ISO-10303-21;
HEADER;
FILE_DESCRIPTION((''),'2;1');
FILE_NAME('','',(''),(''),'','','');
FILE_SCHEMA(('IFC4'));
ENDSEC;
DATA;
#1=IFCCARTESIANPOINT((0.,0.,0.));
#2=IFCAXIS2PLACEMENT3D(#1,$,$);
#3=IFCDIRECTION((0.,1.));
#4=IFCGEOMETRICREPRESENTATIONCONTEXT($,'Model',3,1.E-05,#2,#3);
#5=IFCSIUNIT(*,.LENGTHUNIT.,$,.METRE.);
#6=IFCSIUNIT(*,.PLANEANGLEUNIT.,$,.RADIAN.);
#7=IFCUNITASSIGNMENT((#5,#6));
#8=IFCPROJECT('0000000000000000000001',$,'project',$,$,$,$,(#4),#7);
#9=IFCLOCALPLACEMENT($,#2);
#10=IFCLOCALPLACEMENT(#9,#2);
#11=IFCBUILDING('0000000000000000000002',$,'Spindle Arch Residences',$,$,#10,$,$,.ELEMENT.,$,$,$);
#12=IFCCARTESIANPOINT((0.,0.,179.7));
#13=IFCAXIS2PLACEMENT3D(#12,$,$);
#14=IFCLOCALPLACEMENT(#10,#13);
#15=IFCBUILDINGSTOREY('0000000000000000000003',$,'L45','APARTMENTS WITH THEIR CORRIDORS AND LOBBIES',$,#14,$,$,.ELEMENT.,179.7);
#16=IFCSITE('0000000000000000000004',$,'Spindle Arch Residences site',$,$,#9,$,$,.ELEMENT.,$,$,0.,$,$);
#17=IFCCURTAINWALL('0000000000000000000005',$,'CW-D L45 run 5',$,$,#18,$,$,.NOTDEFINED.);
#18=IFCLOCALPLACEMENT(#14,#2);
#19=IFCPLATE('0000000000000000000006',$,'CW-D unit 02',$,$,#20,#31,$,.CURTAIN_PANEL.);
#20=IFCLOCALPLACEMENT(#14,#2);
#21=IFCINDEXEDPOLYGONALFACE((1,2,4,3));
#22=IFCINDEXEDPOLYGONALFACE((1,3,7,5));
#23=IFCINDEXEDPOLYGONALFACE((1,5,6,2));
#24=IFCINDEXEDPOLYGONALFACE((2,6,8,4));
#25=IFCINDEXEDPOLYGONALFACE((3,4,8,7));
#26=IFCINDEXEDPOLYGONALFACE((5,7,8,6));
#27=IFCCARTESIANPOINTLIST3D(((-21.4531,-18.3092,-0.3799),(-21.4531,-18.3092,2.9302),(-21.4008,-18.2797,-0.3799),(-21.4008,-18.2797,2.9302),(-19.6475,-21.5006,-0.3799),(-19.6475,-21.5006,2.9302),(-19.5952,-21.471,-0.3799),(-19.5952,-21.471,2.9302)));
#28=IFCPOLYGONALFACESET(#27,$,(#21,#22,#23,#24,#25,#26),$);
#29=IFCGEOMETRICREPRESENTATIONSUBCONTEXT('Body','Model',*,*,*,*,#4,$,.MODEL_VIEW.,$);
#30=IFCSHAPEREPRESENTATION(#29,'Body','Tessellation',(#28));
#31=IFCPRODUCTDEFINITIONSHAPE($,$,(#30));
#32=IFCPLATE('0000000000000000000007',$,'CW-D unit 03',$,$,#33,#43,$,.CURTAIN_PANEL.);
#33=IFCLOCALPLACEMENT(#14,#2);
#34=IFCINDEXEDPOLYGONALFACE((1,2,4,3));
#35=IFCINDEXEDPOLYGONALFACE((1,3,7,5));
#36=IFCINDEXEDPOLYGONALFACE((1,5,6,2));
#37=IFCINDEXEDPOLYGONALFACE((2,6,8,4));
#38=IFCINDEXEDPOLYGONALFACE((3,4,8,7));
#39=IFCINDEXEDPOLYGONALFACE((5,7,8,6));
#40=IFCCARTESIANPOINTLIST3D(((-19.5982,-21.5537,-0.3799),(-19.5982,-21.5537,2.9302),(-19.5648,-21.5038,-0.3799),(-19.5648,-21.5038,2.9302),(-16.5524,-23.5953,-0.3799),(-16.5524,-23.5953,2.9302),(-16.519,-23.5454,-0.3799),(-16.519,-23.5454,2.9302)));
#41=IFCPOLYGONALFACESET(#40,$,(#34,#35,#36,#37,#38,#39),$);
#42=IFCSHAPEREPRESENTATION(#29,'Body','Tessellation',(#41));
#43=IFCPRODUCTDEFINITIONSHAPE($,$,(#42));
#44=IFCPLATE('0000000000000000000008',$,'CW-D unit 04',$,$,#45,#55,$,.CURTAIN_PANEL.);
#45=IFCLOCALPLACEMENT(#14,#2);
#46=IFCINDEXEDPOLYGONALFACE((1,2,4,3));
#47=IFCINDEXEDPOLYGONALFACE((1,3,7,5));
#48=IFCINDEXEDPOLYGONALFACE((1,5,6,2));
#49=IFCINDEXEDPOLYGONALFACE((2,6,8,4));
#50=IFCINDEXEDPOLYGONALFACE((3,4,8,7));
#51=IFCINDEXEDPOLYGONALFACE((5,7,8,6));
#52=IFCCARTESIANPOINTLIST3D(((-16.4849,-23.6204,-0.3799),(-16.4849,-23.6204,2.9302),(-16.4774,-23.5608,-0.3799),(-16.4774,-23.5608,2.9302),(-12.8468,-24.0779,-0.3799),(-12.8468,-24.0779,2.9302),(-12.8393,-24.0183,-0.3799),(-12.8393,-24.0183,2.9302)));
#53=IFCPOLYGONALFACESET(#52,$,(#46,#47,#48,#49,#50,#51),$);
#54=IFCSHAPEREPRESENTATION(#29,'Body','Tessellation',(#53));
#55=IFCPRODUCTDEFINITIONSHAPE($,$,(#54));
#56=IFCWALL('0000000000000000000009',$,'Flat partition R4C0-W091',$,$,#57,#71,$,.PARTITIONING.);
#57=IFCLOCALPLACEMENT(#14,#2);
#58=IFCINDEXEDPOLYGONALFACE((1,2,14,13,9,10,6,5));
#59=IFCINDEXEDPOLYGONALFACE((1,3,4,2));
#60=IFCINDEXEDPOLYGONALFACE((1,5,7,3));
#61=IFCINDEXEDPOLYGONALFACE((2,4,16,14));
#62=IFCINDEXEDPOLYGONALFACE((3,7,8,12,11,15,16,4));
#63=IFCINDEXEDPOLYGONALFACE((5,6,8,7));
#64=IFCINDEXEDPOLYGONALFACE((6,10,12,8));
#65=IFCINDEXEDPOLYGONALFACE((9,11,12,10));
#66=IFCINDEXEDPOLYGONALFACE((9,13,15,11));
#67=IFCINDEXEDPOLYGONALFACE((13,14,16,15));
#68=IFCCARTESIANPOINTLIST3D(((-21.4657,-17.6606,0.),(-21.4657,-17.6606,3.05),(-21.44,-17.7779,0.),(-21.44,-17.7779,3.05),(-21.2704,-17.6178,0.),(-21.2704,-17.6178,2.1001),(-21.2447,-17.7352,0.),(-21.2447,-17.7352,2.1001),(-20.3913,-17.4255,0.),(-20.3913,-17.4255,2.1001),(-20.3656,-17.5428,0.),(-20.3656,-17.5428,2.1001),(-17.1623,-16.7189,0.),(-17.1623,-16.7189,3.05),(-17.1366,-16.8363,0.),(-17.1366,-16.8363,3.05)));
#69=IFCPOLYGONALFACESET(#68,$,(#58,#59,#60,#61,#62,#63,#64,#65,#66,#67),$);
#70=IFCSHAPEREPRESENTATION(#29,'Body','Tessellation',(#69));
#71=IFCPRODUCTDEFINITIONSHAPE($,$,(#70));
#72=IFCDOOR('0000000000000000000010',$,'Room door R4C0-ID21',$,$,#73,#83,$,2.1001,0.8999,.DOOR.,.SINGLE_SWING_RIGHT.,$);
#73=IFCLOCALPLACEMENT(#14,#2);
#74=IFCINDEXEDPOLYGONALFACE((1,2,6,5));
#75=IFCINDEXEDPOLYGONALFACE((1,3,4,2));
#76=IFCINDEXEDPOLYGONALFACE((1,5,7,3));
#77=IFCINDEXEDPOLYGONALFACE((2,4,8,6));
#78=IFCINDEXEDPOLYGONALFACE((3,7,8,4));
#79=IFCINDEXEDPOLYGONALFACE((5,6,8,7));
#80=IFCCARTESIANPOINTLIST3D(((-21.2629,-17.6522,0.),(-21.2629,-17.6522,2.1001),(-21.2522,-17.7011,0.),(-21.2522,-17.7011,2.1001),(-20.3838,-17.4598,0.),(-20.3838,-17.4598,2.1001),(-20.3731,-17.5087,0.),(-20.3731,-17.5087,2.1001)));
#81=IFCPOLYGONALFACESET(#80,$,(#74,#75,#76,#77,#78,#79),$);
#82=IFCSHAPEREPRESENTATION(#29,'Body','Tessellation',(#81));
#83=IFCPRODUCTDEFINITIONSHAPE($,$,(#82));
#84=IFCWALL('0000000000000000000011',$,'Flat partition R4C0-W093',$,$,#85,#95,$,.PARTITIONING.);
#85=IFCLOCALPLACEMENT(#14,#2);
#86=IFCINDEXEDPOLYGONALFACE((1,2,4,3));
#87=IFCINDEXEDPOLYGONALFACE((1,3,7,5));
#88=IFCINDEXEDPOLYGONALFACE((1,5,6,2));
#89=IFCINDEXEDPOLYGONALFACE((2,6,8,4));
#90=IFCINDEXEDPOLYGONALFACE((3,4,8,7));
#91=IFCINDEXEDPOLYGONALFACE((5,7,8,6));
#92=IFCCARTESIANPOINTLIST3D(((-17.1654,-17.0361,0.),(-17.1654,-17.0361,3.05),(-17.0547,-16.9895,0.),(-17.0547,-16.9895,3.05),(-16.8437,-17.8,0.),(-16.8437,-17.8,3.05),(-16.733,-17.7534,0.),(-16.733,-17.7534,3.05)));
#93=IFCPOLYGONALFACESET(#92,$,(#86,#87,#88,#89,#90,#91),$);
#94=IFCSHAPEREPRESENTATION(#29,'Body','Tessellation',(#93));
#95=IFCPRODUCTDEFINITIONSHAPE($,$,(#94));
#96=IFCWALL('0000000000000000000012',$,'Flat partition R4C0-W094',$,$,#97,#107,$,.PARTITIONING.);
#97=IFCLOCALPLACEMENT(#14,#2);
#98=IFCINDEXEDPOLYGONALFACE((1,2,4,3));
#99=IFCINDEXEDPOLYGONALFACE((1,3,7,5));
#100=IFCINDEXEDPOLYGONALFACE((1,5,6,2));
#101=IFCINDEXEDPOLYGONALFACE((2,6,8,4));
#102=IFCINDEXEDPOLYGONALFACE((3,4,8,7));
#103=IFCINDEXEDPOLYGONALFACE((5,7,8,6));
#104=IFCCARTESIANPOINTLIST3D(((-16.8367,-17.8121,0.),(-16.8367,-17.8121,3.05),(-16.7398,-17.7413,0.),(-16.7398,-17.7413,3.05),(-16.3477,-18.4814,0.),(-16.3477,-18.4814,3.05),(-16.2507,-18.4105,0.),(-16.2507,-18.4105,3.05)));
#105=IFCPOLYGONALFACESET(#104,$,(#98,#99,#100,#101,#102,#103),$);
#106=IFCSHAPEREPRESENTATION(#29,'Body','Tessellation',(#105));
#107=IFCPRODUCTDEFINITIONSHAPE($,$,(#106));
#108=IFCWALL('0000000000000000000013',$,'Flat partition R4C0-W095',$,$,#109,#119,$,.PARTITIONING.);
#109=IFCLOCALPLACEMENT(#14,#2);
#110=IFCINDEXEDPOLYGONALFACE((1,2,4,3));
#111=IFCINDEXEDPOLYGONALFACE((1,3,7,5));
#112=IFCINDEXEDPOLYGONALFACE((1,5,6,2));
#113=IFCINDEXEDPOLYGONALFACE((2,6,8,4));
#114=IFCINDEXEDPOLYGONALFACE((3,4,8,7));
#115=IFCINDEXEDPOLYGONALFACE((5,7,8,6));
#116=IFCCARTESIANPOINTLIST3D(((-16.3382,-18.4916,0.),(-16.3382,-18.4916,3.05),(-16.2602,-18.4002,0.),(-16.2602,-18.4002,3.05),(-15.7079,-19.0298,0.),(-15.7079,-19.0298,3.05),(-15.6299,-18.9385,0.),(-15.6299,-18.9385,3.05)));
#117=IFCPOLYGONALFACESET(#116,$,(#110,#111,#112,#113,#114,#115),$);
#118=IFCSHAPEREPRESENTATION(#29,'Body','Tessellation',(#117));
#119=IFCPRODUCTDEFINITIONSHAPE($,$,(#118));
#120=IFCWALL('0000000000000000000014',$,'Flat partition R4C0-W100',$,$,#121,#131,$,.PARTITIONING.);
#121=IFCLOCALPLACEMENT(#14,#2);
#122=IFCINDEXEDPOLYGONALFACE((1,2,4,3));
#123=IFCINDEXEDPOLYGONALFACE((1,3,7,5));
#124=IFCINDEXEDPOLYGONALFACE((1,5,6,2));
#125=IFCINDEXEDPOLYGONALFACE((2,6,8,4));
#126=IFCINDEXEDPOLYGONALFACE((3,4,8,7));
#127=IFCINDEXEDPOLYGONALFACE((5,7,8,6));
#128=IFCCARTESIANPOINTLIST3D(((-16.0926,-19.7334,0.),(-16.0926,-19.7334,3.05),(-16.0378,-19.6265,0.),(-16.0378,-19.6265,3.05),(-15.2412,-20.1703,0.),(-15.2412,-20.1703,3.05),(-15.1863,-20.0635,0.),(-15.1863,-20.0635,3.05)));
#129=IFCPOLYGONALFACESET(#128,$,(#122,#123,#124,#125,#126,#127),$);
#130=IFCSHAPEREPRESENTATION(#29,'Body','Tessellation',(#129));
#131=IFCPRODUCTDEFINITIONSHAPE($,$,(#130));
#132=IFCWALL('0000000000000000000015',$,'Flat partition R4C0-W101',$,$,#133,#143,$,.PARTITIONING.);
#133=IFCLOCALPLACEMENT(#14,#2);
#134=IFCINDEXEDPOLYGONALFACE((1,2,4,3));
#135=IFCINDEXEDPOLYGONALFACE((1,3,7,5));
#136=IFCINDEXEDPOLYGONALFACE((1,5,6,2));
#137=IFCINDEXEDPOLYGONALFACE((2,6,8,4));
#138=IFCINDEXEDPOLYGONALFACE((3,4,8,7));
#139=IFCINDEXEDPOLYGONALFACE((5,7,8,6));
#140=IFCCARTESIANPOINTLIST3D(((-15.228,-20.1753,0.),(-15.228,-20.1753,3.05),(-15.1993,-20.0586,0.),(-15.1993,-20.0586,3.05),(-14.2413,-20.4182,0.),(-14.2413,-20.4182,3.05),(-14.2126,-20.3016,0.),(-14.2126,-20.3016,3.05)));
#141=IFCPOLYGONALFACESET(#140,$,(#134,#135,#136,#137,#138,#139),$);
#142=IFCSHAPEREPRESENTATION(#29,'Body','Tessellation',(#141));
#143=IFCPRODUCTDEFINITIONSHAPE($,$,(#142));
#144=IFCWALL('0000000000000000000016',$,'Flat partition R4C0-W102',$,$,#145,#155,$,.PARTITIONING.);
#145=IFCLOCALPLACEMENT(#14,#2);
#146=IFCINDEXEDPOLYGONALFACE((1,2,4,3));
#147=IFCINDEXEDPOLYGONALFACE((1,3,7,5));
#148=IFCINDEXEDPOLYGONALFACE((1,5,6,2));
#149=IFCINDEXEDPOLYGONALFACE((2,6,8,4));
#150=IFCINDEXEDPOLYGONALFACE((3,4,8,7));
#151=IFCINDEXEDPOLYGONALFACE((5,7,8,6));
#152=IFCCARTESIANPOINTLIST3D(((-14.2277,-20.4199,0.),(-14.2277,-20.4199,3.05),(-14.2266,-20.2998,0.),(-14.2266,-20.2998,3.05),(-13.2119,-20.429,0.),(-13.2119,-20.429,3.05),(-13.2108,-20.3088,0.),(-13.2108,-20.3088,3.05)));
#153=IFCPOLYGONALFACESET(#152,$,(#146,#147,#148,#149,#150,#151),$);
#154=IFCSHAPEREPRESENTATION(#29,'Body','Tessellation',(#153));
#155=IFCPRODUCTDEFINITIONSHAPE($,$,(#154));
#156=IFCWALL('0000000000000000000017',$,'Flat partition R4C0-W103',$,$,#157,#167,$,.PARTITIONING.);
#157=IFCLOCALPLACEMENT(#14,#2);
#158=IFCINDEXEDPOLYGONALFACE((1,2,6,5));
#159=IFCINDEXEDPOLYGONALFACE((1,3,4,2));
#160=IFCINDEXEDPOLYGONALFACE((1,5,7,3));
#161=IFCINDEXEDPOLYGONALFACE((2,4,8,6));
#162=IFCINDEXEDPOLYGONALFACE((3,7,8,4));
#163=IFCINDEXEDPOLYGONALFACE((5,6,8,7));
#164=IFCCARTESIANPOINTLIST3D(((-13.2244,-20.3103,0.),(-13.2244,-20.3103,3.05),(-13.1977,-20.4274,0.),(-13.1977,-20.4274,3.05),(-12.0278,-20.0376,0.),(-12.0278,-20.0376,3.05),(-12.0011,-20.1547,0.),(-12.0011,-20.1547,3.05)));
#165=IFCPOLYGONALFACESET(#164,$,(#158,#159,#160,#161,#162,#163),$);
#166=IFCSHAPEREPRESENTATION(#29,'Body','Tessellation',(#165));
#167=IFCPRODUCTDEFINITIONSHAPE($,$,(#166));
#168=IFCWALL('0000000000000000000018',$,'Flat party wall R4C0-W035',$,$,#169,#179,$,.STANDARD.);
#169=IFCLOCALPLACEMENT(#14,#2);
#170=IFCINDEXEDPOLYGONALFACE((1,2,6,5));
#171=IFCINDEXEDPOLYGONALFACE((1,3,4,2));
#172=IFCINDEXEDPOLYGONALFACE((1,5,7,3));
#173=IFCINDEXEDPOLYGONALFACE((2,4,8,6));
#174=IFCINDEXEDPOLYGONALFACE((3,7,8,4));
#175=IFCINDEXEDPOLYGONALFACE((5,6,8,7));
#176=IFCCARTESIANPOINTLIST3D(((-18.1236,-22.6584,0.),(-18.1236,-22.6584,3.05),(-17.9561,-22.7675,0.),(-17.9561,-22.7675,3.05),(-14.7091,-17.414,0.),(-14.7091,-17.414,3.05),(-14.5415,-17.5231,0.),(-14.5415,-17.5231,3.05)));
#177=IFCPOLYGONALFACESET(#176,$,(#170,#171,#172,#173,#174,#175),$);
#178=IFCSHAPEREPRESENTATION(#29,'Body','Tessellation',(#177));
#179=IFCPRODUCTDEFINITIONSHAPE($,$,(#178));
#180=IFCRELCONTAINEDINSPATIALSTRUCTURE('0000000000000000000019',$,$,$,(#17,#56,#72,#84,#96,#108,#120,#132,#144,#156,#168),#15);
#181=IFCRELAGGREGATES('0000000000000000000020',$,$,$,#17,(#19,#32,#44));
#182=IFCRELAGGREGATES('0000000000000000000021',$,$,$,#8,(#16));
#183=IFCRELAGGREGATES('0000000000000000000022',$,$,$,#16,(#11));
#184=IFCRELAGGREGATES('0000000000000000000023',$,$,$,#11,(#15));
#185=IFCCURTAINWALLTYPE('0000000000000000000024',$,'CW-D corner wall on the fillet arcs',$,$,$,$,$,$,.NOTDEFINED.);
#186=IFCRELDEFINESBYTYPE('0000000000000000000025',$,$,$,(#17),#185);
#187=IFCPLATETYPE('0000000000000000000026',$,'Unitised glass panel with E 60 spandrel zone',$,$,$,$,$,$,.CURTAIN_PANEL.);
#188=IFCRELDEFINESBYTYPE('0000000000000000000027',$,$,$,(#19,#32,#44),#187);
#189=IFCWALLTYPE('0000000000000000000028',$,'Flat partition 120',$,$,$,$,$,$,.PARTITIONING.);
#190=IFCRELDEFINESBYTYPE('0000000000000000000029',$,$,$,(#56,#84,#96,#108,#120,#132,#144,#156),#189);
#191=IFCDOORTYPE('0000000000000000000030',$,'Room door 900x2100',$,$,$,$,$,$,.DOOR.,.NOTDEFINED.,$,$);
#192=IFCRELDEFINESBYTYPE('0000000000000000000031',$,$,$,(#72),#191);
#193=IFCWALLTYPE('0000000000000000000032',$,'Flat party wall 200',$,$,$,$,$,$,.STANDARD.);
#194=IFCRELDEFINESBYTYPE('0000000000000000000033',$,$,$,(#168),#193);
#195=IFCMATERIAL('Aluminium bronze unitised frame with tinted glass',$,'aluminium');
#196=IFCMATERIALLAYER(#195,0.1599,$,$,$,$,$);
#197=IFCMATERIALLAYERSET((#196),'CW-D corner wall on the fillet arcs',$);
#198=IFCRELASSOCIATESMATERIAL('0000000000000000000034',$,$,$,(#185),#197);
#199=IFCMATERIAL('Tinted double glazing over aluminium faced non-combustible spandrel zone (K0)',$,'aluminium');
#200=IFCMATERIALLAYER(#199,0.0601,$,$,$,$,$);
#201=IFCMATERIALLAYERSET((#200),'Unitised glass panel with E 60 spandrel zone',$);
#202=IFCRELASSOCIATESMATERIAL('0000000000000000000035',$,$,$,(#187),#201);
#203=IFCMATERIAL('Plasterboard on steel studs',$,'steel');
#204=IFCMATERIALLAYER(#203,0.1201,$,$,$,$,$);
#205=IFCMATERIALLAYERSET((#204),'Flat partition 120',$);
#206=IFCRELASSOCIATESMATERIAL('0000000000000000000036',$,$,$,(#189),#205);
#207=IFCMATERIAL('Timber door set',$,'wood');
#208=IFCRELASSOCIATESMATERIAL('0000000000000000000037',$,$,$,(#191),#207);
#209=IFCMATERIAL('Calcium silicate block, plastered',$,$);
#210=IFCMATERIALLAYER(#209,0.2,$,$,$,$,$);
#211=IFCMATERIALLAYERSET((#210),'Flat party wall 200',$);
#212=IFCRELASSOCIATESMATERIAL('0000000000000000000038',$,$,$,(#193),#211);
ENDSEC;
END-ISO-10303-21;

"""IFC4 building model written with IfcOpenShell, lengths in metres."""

from ifc_helpers import new_model, si_unit, direction, frame, frame_2d, origin, origin_2d, place, context, subcontext, project, spatial, rectangle, extrude, material, layer, layer_set, type_object, element, fill, aggregate, save


model = new_model("IFC4")

# Units and contexts
model_context = context("Model", 3, precision=1e-05, world=origin(), true_north=direction((0.0, 1.0)))
body_context = subcontext(model_context, "Body", "Model", "MODEL_VIEW")
ifc_project = project(units=[si_unit("LENGTHUNIT", "METRE"), si_unit("PLANEANGLEUNIT", "RADIAN")], contexts=[model_context])

# Site, building, storey
site_placement = place(None, origin())
site = spatial("IfcSite", under=ifc_project, at=site_placement, Name="Spindle Arch Residences site", CompositionType="ELEMENT", RefElevation=0.0)
building_placement = place(site_placement, origin())
building = spatial("IfcBuilding", under=site, at=building_placement, Name="Spindle Arch Residences", CompositionType="ELEMENT")
storey_placement = place(building_placement, frame((0.0, 0.0, 179.7)))
storey = spatial("IfcBuildingStorey", under=building, at=storey_placement, Name="L45", Description="APARTMENTS WITH THEIR CORRIDORS AND LOBBIES", CompositionType="ELEMENT", Elevation=179.7)

# Curtain wall
ifc_material_1 = material(Name="Aluminium bronze unitised frame with tinted glass", Category="aluminium")
ifc_layer_1 = layer(ifc_material_1, 0.1599)
ifc_layer_set_1 = layer_set([ifc_layer_1], Name="CW-D corner wall on the fillet arcs")
curtain_wall_type = type_object("IfcCurtainWallType", Name="CW-D corner wall on the fillet arcs", PredefinedType="NOTDEFINED", material=ifc_layer_set_1)
curtain_wall_placement = place(storey_placement, origin())
curtain_wall = element("IfcCurtainWall", 1, at=curtain_wall_placement, inside=storey, type_object=curtain_wall_type, Name="CW-D L45 run 5", PredefinedType="NOTDEFINED")

# Plates
ifc_material_2 = material(Name="Tinted double glazing over aluminium faced non-combustible spandrel zone (K0)", Category="aluminium")
ifc_layer_2 = layer(ifc_material_2, 0.0601)
ifc_layer_set_2 = layer_set([ifc_layer_2], Name="Unitised glass panel with E 60 spandrel zone")
plate_type = type_object("IfcPlateType", Name="Unitised glass panel with E 60 spandrel zone", PredefinedType="CURTAIN_PANEL", material=ifc_layer_set_2)
plate_1_placement = place(storey_placement, frame((-20.5242, -19.8901, -0.3799), z_axis=(0.0, 0.0, 1.0), x_axis=(0.492424, -0.870356, 0.0)))
plate_1 = element("IfcPlate", 2, at=plate_1_placement, type_object=plate_type, Name="CW-D unit 02", PredefinedType="CURTAIN_PANEL", context=body_context, shape_type="SweptSolid", body=[
    extrude(rectangle(XDim=3.6667, YDim=0.0601, at=origin_2d()), origin(), (0.0, 0.0, 1.0), 3.3101),
])
plate_2_placement = place(storey_placement, frame((-18.0586, -22.5496, -0.3799), z_axis=(0.0, 0.0, 1.0), x_axis=(0.830661, -0.556779, 0.0)))
plate_2 = element("IfcPlate", 3, at=plate_2_placement, type_object=plate_type, Name="CW-D unit 03", PredefinedType="CURTAIN_PANEL", context=body_context, shape_type="SweptSolid", body=[
    extrude(rectangle(XDim=3.6667, YDim=0.0601, at=origin_2d()), origin(), (0.0, 0.0, 1.0), 3.3101),
])
plate_3_placement = place(storey_placement, frame((-14.6621, -23.8193, -0.3799), z_axis=(0.0, 0.0, 1.0), x_axis=(0.992187, -0.124756, 0.0)))
plate_3 = element("IfcPlate", 4, at=plate_3_placement, type_object=plate_type, Name="CW-D unit 04", PredefinedType="CURTAIN_PANEL", context=body_context, shape_type="SweptSolid", body=[
    extrude(rectangle(XDim=3.6667, YDim=0.0601, at=origin_2d()), origin(), (0.0, 0.0, 1.0), 3.3101),
])
aggregate(curtain_wall, [plate_1, plate_2, plate_3])

# Wall, opening, door
ifc_material_3 = material(Name="Plasterboard on steel studs", Category="steel")
ifc_layer_3 = layer(ifc_material_3, 0.1201)
ifc_layer_set_3 = layer_set([ifc_layer_3], Name="Flat partition 120")
wall_type_1 = type_object("IfcWallType", Name="Flat partition 120", PredefinedType="PARTITIONING", material=ifc_layer_set_3)
wall_1_placement = place(storey_placement, frame((-21.4529, -17.7192, 0.0), z_axis=(0.0, 0.0, 1.0), x_axis=(0.976887, 0.213755, 0.0)))
wall_1 = element("IfcWall", 5, at=wall_1_placement, inside=storey, type_object=wall_type_1, Name="Flat partition R4C0-W091", PredefinedType="PARTITIONING", context=body_context, shape_type="SweptSolid", body=[
    extrude(rectangle(XDim=4.4053, YDim=0.1201, at=frame_2d((2.2026, 0.0))), origin(), (0.0, 0.0, 1.0), 3.05),
])
opening_placement = place(wall_1_placement, frame((0.2, 0.0, 0.0)))
opening = element("IfcOpeningElement", 6, at=opening_placement, cuts=wall_1, PredefinedType="OPENING", context=body_context, shape_type="SweptSolid", body=[
    extrude(rectangle(XDim=0.8999, YDim=2.1001, at=frame_2d((0.45, 1.05))), frame((0.0, 0.0701, 0.0), z_axis=(0.0, -1.0, 0.0), x_axis=(1.0, 0.0, 0.0)), (0.0, 0.0, 1.0), 0.1401),
])
ifc_material_4 = material(Name="Timber door set", Category="wood")
door_type = type_object("IfcDoorType", Name="Room door 900x2100", OperationType="NOTDEFINED", PredefinedType="DOOR", material=ifc_material_4)
door_placement = place(opening_placement, origin())
door = element("IfcDoor", 7, at=door_placement, inside=storey, type_object=door_type, Name="Room door R4C0-ID21", OperationType="SINGLE_SWING_RIGHT", OverallHeight=2.1001, OverallWidth=0.8999, PredefinedType="DOOR", context=body_context, shape_type="SweptSolid", body=[
    extrude(rectangle(XDim=0.8999, YDim=2.1001, at=frame_2d((0.45, 1.05))), frame((0.0, 0.0249, 0.0), z_axis=(0.0, -1.0, 0.0), x_axis=(1.0, 0.0, 0.0)), (0.0, 0.0, 1.0), 0.05),
])
fill(opening, door)

# Walls
for number, where, z_axis, x_axis, name in (
    (8, (-17.1101, -17.0127, 0.0), (0.0, 0.0, 1.0), (0.388189, -0.92158, 0.0), "Flat partition R4C0-W093"),
    (9, (-16.7883, -17.7766, 0.0), (0.0, 0.0, 1.0), (0.590009, -0.807397, 0.0), "Flat partition R4C0-W094"),
    (10, (-16.2993, -18.4458, 0.0), (0.0, 0.0, 1.0), (0.76044, -0.649408, 0.0), "Flat partition R4C0-W095"),
):
    element("IfcWall", number, at=place(storey_placement, frame(where, z_axis=z_axis, x_axis=x_axis)), inside=storey, type_object=wall_type_1, Name=name, PredefinedType="PARTITIONING", context=body_context, shape_type="SweptSolid", body=[
        extrude(rectangle(XDim=0.8289, YDim=0.1201, at=frame_2d((0.4146, 0.0))), origin(), (0.0, 0.0, 1.0), 3.05),
    ])
wall_2_placement = place(storey_placement, frame((-16.0652, -19.6799, 0.0), z_axis=(0.0, 0.0, 1.0), x_axis=(0.889685, -0.456576, 0.0)))
element("IfcWall", 11, at=wall_2_placement, inside=storey, type_object=wall_type_1, Name="Flat partition R4C0-W100", PredefinedType="PARTITIONING", context=body_context, shape_type="SweptSolid", body=[
    extrude(rectangle(XDim=0.957, YDim=0.1201, at=frame_2d((0.4785, 0.0))), origin(), (0.0, 0.0, 1.0), 3.05),
])
wall_3_placement = place(storey_placement, frame((-15.2136, -20.1169, 0.0), z_axis=(0.0, 0.0, 1.0), x_axis=(0.970999, -0.239085, 0.0)))
element("IfcWall", 12, at=wall_3_placement, inside=storey, type_object=wall_type_1, Name="Flat partition R4C0-W101", PredefinedType="PARTITIONING", context=body_context, shape_type="SweptSolid", body=[
    extrude(rectangle(XDim=1.0161, YDim=0.1201, at=frame_2d((0.5081, 0.0))), origin(), (0.0, 0.0, 1.0), 3.05),
])
wall_4_placement = place(storey_placement, frame((-14.2271, -20.3599, 0.0), z_axis=(0.0, 0.0, 1.0), x_axis=(0.99996, -0.008892, 0.0)))
element("IfcWall", 13, at=wall_4_placement, inside=storey, type_object=wall_type_1, Name="Flat partition R4C0-W102", PredefinedType="PARTITIONING", context=body_context, shape_type="SweptSolid", body=[
    extrude(rectangle(XDim=1.0159, YDim=0.1201, at=frame_2d((0.5078, 0.0))), origin(), (0.0, 0.0, 1.0), 3.05),
])
wall_5_placement = place(storey_placement, frame((-13.2112, -20.3689, 0.0), z_axis=(0.0, 0.0, 1.0), x_axis=(0.974998, 0.222214, 0.0)))
element("IfcWall", 14, at=wall_5_placement, inside=storey, type_object=wall_type_1, Name="Flat partition R4C0-W103", PredefinedType="PARTITIONING", context=body_context, shape_type="SweptSolid", body=[
    extrude(rectangle(XDim=1.2273, YDim=0.1201, at=frame_2d((0.6138, 0.0))), origin(), (0.0, 0.0, 1.0), 3.05),
])
ifc_material_5 = material(Name="Calcium silicate block, plastered")
ifc_layer_4 = layer(ifc_material_5, 0.2)
ifc_layer_set_4 = layer_set([ifc_layer_4], Name="Flat party wall 200")
wall_type_2 = type_object("IfcWallType", Name="Flat party wall 200", PredefinedType="STANDARD", material=ifc_layer_set_4)
wall_6_placement = place(storey_placement, frame((-18.0398, -22.7129, 0.0), z_axis=(0.0, 0.0, 1.0), x_axis=(0.545629, 0.838027, 0.0)))
element("IfcWall", 15, at=wall_6_placement, inside=storey, type_object=wall_type_2, Name="Flat party wall R4C0-W035", PredefinedType="STANDARD", context=body_context, shape_type="SweptSolid", body=[
    extrude(rectangle(XDim=6.2581, YDim=0.2, at=frame_2d((3.1289, 0.0))), origin(), (0.0, 0.0, 1.0), 3.05),
])

save(model, "model.ifc")
